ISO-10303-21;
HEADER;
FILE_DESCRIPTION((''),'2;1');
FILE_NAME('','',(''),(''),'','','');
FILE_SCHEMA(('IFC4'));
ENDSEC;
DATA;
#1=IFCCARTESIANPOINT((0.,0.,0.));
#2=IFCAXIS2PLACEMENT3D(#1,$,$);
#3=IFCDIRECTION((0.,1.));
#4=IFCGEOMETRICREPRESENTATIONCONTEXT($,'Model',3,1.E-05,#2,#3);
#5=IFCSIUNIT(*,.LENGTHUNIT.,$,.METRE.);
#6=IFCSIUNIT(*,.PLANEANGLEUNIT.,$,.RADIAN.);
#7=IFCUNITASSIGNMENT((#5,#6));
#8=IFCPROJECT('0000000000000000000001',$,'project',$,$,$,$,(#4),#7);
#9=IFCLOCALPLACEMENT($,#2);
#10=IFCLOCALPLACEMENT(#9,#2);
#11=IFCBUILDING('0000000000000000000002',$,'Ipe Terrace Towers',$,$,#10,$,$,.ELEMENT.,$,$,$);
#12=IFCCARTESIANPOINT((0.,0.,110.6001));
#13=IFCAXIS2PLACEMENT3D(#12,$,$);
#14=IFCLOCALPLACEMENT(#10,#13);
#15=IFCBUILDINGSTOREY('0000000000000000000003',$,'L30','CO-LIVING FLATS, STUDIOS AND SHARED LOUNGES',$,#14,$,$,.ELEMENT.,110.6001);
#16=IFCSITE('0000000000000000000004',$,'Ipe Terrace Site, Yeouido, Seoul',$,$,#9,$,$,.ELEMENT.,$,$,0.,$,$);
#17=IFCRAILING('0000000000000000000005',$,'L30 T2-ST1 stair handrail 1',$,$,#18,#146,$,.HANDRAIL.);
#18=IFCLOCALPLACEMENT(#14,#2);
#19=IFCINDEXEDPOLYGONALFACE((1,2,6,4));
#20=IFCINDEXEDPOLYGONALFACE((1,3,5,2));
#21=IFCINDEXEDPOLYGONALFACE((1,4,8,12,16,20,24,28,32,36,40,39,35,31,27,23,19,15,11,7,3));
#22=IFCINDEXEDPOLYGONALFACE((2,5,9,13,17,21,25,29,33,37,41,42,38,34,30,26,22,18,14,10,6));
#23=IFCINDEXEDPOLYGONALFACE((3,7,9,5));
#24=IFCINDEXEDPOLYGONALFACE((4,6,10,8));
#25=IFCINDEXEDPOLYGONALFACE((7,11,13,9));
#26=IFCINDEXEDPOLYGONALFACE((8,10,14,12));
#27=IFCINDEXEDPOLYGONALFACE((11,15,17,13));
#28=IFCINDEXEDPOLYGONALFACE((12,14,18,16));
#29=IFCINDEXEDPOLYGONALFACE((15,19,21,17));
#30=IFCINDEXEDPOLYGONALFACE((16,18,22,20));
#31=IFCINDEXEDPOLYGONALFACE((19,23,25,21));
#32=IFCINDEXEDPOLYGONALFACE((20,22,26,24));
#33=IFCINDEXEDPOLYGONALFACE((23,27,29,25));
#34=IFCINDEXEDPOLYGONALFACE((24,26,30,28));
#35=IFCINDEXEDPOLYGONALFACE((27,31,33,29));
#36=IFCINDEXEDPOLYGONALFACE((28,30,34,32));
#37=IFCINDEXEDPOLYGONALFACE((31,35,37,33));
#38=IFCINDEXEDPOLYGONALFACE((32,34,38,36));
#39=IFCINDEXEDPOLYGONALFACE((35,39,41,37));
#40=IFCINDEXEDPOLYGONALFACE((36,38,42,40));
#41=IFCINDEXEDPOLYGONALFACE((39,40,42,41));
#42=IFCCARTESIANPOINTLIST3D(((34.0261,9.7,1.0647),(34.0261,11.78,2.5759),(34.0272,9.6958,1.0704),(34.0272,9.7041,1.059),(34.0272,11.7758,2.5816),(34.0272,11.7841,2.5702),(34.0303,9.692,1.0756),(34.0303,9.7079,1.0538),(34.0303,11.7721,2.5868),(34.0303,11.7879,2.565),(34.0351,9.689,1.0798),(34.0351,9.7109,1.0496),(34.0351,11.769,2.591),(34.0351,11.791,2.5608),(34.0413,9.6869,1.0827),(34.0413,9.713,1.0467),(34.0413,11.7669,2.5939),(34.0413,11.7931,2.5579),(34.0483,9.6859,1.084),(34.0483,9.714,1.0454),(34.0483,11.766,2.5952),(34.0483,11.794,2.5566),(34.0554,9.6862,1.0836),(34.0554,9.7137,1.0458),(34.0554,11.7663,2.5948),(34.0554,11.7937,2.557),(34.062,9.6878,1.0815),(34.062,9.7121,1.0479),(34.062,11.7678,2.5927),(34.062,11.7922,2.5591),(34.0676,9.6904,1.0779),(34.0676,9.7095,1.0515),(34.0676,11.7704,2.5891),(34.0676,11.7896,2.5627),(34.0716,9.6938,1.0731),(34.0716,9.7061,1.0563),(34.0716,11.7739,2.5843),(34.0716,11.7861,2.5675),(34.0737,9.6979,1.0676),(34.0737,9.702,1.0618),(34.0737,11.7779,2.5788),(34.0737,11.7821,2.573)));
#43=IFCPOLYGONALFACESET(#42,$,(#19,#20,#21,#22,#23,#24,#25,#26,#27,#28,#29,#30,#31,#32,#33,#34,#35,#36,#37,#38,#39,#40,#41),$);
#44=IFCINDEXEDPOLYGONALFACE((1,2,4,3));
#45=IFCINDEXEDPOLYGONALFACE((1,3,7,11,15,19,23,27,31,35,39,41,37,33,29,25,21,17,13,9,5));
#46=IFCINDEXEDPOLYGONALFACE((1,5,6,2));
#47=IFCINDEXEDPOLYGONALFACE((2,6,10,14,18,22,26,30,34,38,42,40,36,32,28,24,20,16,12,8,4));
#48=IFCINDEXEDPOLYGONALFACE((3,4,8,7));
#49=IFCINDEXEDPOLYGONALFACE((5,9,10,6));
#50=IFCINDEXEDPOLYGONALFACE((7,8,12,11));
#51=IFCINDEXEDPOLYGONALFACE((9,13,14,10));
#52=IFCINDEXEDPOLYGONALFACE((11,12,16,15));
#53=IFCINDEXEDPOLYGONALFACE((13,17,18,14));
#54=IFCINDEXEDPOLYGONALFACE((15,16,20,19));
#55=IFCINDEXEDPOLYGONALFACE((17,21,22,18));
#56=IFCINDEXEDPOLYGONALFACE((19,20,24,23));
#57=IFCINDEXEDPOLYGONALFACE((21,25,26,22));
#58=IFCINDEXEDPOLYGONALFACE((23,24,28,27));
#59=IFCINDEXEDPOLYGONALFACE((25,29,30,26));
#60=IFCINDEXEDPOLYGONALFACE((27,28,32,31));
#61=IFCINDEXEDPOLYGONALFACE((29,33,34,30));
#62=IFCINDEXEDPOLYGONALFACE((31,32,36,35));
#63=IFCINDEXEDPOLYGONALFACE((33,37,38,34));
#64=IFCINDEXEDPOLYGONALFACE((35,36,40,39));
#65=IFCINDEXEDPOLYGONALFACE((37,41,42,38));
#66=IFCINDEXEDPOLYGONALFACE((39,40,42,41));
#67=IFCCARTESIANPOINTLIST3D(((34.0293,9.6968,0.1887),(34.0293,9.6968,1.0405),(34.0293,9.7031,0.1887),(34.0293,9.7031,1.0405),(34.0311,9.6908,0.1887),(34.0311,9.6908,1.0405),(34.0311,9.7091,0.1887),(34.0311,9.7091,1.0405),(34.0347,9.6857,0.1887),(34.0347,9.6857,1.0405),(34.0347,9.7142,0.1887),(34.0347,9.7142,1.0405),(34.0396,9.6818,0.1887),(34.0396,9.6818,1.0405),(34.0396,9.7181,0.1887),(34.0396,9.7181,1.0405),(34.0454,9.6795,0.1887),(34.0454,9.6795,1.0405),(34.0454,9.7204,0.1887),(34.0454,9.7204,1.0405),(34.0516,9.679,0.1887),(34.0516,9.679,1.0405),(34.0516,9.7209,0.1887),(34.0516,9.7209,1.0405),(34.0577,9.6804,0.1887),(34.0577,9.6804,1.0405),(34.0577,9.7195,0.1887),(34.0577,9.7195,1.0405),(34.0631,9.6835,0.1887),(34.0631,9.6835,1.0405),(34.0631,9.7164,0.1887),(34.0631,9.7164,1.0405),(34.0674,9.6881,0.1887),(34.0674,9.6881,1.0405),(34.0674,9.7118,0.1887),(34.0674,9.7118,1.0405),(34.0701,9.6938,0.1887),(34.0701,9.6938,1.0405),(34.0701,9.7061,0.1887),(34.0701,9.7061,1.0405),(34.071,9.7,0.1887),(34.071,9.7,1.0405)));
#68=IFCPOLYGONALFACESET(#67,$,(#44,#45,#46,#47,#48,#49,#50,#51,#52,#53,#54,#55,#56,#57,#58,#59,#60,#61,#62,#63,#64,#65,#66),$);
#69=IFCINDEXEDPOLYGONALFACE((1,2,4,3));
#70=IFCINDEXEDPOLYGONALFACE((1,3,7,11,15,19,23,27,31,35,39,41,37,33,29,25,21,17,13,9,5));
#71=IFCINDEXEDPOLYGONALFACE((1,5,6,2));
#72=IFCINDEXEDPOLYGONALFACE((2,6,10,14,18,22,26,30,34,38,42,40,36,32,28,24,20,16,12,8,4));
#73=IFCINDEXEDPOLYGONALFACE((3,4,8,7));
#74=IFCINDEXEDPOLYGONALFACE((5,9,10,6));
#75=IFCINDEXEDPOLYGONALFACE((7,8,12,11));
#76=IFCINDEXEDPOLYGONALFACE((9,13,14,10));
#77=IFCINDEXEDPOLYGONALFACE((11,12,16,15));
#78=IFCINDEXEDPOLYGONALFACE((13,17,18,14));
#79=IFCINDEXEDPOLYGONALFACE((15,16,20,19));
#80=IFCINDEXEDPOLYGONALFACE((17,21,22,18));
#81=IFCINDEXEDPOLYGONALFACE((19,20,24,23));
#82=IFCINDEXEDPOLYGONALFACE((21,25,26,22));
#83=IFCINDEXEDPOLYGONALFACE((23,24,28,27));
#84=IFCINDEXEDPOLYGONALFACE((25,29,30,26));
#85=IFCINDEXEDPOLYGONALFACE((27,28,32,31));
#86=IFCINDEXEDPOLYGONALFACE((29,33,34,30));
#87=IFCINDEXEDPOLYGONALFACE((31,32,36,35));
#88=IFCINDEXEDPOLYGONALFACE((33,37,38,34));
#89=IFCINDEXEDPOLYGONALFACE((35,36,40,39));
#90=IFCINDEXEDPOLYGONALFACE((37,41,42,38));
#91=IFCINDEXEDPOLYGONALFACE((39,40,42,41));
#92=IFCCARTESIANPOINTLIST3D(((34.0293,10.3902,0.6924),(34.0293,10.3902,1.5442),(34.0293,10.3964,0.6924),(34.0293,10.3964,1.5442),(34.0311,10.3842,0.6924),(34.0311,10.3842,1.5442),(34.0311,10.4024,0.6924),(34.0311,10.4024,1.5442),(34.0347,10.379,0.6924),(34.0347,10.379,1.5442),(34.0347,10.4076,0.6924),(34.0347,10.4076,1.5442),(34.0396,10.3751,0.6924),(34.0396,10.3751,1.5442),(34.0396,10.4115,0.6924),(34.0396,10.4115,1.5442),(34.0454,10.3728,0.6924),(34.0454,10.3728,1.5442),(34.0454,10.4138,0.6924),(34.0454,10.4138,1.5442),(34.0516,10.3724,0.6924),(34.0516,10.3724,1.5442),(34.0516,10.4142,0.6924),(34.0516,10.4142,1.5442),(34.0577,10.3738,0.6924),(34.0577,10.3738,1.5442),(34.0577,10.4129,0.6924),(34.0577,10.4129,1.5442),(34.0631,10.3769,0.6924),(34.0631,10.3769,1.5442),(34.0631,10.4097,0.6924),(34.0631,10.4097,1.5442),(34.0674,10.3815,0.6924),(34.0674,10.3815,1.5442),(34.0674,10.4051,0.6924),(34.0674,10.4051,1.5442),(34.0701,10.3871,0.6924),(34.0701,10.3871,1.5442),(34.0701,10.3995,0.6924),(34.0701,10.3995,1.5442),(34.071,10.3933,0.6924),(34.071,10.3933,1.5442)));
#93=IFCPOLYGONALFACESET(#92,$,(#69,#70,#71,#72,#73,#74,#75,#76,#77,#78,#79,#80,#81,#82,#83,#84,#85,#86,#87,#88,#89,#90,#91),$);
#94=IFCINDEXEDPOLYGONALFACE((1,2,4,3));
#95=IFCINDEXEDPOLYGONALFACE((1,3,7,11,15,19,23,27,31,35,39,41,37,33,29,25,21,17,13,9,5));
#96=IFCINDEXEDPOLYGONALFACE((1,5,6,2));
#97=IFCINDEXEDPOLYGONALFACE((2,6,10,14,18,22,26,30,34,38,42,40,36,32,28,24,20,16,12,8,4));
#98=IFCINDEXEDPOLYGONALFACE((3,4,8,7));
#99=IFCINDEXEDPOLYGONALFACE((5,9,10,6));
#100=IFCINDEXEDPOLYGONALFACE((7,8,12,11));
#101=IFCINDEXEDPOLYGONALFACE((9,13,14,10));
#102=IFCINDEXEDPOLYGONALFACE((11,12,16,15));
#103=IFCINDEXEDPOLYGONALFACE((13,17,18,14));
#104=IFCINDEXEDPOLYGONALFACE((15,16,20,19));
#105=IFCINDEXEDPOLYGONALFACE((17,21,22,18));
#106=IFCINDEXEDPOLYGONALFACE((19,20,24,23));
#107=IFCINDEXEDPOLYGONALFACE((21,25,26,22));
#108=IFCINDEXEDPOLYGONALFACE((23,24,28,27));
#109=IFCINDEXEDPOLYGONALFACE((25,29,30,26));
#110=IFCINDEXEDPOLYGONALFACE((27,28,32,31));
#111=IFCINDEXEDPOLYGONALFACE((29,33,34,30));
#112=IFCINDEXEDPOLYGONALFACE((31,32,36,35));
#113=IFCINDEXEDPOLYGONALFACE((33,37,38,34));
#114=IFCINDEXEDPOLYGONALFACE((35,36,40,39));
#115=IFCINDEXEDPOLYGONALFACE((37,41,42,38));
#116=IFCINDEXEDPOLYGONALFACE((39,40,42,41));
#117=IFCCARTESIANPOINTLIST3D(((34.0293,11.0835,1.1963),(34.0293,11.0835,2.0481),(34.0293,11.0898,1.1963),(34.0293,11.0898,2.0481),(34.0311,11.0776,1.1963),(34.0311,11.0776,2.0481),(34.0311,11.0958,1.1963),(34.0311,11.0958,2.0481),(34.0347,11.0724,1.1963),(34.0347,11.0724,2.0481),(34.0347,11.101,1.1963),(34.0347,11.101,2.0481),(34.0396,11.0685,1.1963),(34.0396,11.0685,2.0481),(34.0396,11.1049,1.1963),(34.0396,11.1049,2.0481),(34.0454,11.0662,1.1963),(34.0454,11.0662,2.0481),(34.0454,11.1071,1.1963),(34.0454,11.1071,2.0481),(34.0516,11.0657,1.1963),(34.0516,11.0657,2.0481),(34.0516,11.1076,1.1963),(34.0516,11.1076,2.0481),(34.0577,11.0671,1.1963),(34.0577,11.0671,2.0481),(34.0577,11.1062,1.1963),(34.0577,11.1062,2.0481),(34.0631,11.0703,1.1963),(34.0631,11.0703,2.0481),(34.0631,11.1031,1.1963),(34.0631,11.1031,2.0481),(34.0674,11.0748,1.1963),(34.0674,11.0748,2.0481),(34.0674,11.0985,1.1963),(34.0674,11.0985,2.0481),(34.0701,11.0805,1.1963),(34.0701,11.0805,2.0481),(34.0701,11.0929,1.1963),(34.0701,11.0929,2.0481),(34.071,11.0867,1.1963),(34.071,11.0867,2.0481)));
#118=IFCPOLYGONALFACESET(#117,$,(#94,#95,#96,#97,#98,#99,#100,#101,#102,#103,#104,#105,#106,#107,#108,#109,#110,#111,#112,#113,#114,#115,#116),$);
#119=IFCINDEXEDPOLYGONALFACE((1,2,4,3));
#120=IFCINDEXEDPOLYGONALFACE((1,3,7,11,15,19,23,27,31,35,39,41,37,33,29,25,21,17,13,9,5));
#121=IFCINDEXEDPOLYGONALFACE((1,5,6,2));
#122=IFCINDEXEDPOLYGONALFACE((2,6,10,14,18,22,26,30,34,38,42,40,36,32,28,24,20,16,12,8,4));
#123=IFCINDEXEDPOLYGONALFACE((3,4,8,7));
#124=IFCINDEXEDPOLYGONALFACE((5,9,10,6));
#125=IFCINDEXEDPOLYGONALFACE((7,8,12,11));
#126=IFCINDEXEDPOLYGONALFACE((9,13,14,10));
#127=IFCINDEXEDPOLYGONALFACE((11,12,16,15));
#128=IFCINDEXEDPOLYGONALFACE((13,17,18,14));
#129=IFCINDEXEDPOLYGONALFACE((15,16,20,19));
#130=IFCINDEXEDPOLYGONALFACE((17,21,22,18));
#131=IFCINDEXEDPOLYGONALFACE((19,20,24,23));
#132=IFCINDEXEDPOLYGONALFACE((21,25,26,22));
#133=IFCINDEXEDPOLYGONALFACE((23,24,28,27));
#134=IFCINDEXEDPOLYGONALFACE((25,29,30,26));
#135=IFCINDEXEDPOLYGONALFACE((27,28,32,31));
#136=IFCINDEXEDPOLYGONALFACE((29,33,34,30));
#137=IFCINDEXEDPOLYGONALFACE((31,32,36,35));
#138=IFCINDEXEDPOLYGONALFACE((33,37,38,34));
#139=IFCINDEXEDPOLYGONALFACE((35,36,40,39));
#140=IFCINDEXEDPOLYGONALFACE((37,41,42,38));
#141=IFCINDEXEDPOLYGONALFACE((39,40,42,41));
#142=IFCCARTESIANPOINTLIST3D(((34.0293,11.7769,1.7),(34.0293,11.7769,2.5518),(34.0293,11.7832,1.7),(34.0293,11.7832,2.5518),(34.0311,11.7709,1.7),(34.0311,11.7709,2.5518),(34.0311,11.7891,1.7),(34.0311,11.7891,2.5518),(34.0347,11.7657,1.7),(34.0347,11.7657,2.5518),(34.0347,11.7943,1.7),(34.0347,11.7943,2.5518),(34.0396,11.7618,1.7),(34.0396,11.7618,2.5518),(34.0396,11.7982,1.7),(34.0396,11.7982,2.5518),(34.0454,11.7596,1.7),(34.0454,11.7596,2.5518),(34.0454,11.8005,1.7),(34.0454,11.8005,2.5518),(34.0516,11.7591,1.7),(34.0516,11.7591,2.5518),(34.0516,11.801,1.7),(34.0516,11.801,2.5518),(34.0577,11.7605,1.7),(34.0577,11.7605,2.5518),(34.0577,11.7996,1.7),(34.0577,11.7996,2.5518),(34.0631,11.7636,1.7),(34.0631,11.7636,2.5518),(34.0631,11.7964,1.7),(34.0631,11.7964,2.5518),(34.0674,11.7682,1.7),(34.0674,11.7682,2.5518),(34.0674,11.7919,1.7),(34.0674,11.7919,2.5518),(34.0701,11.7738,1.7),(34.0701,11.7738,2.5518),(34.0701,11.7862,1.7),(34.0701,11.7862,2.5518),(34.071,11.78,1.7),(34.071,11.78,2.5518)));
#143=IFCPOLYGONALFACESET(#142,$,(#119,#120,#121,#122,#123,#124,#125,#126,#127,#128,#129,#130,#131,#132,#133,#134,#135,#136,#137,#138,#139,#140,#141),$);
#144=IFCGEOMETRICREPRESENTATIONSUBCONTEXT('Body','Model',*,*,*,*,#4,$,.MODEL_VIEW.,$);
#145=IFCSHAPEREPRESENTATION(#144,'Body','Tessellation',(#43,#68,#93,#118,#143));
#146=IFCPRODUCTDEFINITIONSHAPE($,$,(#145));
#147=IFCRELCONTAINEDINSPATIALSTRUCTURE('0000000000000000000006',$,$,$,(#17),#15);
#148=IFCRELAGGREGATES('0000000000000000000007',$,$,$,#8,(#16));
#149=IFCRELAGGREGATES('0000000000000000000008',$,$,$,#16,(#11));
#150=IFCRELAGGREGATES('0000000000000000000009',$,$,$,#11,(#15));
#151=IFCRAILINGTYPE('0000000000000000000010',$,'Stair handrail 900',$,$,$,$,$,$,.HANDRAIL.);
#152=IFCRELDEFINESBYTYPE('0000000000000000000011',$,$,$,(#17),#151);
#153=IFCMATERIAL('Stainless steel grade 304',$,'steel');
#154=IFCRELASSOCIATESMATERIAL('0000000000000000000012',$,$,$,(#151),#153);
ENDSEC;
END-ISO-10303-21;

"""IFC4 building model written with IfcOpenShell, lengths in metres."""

from ifc_helpers import new_model, si_unit, direction, frame, origin, origin_2d, place, context, subcontext, project, spatial, circle, extrude, material, type_object, element, save


model = new_model("IFC4")

# Units and contexts
model_context = context("Model", 3, precision=1e-05, world=origin(), true_north=direction((0.0, 1.0)))
body_context = subcontext(model_context, "Body", "Model", "MODEL_VIEW")
ifc_project = project(units=[si_unit("LENGTHUNIT", "METRE"), si_unit("PLANEANGLEUNIT", "RADIAN")], contexts=[model_context])

# Site, building, storey
site_placement = place(None, origin())
site = spatial("IfcSite", under=ifc_project, at=site_placement, Name="Ipe Terrace Site, Yeouido, Seoul", CompositionType="ELEMENT", RefElevation=0.0)
building_placement = place(site_placement, origin())
building = spatial("IfcBuilding", under=site, at=building_placement, Name="Ipe Terrace Towers", CompositionType="ELEMENT")
storey_placement = place(building_placement, frame((0.0, 0.0, 110.6001)))
storey = spatial("IfcBuildingStorey", under=building, at=storey_placement, Name="L30", Description="CO-LIVING FLATS, STUDIOS AND SHARED LOUNGES", CompositionType="ELEMENT", Elevation=110.6001)

# Railing
ifc_material_1 = material(Name="Stainless steel grade 304", Category="steel")
railing_type_1 = type_object("IfcRailingType", Name="Stair handrail 900", PredefinedType="HANDRAIL", material=ifc_material_1)
railing_1_placement = place(storey_placement, frame((34.05, 9.7, 0.1887)))
element("IfcRailing", 1, at=railing_1_placement, inside=storey, type_object=railing_type_1, Name="L30 T2-ST1 stair handrail 1", PredefinedType="HANDRAIL", context=body_context, shape_type="SweptSolid", body=[
    extrude(circle(Radius=0.0239, at=origin_2d()), frame((0.0, 0.0, 0.876), z_axis=(0.0, 0.809023, 0.587776), x_axis=(-1.0, 0.0, 0.0)), (0.0, 0.0, 1.0), 2.571),
    extrude(circle(Radius=0.021, at=origin_2d()), origin(), (0.0, 0.0, 1.0), 0.8518),
    extrude(circle(Radius=0.021, at=origin_2d()), frame((0.0, 0.6934, 0.5037)), (0.0, 0.0, 1.0), 0.8518),
    extrude(circle(Radius=0.021, at=origin_2d()), frame((0.0, 1.3867, 1.0076)), (0.0, 0.0, 1.0), 0.8518),
    extrude(circle(Radius=0.021, at=origin_2d()), frame((0.0, 2.0801, 1.5112)), (0.0, 0.0, 1.0), 0.8518),
])

save(model, "model.ifc")
